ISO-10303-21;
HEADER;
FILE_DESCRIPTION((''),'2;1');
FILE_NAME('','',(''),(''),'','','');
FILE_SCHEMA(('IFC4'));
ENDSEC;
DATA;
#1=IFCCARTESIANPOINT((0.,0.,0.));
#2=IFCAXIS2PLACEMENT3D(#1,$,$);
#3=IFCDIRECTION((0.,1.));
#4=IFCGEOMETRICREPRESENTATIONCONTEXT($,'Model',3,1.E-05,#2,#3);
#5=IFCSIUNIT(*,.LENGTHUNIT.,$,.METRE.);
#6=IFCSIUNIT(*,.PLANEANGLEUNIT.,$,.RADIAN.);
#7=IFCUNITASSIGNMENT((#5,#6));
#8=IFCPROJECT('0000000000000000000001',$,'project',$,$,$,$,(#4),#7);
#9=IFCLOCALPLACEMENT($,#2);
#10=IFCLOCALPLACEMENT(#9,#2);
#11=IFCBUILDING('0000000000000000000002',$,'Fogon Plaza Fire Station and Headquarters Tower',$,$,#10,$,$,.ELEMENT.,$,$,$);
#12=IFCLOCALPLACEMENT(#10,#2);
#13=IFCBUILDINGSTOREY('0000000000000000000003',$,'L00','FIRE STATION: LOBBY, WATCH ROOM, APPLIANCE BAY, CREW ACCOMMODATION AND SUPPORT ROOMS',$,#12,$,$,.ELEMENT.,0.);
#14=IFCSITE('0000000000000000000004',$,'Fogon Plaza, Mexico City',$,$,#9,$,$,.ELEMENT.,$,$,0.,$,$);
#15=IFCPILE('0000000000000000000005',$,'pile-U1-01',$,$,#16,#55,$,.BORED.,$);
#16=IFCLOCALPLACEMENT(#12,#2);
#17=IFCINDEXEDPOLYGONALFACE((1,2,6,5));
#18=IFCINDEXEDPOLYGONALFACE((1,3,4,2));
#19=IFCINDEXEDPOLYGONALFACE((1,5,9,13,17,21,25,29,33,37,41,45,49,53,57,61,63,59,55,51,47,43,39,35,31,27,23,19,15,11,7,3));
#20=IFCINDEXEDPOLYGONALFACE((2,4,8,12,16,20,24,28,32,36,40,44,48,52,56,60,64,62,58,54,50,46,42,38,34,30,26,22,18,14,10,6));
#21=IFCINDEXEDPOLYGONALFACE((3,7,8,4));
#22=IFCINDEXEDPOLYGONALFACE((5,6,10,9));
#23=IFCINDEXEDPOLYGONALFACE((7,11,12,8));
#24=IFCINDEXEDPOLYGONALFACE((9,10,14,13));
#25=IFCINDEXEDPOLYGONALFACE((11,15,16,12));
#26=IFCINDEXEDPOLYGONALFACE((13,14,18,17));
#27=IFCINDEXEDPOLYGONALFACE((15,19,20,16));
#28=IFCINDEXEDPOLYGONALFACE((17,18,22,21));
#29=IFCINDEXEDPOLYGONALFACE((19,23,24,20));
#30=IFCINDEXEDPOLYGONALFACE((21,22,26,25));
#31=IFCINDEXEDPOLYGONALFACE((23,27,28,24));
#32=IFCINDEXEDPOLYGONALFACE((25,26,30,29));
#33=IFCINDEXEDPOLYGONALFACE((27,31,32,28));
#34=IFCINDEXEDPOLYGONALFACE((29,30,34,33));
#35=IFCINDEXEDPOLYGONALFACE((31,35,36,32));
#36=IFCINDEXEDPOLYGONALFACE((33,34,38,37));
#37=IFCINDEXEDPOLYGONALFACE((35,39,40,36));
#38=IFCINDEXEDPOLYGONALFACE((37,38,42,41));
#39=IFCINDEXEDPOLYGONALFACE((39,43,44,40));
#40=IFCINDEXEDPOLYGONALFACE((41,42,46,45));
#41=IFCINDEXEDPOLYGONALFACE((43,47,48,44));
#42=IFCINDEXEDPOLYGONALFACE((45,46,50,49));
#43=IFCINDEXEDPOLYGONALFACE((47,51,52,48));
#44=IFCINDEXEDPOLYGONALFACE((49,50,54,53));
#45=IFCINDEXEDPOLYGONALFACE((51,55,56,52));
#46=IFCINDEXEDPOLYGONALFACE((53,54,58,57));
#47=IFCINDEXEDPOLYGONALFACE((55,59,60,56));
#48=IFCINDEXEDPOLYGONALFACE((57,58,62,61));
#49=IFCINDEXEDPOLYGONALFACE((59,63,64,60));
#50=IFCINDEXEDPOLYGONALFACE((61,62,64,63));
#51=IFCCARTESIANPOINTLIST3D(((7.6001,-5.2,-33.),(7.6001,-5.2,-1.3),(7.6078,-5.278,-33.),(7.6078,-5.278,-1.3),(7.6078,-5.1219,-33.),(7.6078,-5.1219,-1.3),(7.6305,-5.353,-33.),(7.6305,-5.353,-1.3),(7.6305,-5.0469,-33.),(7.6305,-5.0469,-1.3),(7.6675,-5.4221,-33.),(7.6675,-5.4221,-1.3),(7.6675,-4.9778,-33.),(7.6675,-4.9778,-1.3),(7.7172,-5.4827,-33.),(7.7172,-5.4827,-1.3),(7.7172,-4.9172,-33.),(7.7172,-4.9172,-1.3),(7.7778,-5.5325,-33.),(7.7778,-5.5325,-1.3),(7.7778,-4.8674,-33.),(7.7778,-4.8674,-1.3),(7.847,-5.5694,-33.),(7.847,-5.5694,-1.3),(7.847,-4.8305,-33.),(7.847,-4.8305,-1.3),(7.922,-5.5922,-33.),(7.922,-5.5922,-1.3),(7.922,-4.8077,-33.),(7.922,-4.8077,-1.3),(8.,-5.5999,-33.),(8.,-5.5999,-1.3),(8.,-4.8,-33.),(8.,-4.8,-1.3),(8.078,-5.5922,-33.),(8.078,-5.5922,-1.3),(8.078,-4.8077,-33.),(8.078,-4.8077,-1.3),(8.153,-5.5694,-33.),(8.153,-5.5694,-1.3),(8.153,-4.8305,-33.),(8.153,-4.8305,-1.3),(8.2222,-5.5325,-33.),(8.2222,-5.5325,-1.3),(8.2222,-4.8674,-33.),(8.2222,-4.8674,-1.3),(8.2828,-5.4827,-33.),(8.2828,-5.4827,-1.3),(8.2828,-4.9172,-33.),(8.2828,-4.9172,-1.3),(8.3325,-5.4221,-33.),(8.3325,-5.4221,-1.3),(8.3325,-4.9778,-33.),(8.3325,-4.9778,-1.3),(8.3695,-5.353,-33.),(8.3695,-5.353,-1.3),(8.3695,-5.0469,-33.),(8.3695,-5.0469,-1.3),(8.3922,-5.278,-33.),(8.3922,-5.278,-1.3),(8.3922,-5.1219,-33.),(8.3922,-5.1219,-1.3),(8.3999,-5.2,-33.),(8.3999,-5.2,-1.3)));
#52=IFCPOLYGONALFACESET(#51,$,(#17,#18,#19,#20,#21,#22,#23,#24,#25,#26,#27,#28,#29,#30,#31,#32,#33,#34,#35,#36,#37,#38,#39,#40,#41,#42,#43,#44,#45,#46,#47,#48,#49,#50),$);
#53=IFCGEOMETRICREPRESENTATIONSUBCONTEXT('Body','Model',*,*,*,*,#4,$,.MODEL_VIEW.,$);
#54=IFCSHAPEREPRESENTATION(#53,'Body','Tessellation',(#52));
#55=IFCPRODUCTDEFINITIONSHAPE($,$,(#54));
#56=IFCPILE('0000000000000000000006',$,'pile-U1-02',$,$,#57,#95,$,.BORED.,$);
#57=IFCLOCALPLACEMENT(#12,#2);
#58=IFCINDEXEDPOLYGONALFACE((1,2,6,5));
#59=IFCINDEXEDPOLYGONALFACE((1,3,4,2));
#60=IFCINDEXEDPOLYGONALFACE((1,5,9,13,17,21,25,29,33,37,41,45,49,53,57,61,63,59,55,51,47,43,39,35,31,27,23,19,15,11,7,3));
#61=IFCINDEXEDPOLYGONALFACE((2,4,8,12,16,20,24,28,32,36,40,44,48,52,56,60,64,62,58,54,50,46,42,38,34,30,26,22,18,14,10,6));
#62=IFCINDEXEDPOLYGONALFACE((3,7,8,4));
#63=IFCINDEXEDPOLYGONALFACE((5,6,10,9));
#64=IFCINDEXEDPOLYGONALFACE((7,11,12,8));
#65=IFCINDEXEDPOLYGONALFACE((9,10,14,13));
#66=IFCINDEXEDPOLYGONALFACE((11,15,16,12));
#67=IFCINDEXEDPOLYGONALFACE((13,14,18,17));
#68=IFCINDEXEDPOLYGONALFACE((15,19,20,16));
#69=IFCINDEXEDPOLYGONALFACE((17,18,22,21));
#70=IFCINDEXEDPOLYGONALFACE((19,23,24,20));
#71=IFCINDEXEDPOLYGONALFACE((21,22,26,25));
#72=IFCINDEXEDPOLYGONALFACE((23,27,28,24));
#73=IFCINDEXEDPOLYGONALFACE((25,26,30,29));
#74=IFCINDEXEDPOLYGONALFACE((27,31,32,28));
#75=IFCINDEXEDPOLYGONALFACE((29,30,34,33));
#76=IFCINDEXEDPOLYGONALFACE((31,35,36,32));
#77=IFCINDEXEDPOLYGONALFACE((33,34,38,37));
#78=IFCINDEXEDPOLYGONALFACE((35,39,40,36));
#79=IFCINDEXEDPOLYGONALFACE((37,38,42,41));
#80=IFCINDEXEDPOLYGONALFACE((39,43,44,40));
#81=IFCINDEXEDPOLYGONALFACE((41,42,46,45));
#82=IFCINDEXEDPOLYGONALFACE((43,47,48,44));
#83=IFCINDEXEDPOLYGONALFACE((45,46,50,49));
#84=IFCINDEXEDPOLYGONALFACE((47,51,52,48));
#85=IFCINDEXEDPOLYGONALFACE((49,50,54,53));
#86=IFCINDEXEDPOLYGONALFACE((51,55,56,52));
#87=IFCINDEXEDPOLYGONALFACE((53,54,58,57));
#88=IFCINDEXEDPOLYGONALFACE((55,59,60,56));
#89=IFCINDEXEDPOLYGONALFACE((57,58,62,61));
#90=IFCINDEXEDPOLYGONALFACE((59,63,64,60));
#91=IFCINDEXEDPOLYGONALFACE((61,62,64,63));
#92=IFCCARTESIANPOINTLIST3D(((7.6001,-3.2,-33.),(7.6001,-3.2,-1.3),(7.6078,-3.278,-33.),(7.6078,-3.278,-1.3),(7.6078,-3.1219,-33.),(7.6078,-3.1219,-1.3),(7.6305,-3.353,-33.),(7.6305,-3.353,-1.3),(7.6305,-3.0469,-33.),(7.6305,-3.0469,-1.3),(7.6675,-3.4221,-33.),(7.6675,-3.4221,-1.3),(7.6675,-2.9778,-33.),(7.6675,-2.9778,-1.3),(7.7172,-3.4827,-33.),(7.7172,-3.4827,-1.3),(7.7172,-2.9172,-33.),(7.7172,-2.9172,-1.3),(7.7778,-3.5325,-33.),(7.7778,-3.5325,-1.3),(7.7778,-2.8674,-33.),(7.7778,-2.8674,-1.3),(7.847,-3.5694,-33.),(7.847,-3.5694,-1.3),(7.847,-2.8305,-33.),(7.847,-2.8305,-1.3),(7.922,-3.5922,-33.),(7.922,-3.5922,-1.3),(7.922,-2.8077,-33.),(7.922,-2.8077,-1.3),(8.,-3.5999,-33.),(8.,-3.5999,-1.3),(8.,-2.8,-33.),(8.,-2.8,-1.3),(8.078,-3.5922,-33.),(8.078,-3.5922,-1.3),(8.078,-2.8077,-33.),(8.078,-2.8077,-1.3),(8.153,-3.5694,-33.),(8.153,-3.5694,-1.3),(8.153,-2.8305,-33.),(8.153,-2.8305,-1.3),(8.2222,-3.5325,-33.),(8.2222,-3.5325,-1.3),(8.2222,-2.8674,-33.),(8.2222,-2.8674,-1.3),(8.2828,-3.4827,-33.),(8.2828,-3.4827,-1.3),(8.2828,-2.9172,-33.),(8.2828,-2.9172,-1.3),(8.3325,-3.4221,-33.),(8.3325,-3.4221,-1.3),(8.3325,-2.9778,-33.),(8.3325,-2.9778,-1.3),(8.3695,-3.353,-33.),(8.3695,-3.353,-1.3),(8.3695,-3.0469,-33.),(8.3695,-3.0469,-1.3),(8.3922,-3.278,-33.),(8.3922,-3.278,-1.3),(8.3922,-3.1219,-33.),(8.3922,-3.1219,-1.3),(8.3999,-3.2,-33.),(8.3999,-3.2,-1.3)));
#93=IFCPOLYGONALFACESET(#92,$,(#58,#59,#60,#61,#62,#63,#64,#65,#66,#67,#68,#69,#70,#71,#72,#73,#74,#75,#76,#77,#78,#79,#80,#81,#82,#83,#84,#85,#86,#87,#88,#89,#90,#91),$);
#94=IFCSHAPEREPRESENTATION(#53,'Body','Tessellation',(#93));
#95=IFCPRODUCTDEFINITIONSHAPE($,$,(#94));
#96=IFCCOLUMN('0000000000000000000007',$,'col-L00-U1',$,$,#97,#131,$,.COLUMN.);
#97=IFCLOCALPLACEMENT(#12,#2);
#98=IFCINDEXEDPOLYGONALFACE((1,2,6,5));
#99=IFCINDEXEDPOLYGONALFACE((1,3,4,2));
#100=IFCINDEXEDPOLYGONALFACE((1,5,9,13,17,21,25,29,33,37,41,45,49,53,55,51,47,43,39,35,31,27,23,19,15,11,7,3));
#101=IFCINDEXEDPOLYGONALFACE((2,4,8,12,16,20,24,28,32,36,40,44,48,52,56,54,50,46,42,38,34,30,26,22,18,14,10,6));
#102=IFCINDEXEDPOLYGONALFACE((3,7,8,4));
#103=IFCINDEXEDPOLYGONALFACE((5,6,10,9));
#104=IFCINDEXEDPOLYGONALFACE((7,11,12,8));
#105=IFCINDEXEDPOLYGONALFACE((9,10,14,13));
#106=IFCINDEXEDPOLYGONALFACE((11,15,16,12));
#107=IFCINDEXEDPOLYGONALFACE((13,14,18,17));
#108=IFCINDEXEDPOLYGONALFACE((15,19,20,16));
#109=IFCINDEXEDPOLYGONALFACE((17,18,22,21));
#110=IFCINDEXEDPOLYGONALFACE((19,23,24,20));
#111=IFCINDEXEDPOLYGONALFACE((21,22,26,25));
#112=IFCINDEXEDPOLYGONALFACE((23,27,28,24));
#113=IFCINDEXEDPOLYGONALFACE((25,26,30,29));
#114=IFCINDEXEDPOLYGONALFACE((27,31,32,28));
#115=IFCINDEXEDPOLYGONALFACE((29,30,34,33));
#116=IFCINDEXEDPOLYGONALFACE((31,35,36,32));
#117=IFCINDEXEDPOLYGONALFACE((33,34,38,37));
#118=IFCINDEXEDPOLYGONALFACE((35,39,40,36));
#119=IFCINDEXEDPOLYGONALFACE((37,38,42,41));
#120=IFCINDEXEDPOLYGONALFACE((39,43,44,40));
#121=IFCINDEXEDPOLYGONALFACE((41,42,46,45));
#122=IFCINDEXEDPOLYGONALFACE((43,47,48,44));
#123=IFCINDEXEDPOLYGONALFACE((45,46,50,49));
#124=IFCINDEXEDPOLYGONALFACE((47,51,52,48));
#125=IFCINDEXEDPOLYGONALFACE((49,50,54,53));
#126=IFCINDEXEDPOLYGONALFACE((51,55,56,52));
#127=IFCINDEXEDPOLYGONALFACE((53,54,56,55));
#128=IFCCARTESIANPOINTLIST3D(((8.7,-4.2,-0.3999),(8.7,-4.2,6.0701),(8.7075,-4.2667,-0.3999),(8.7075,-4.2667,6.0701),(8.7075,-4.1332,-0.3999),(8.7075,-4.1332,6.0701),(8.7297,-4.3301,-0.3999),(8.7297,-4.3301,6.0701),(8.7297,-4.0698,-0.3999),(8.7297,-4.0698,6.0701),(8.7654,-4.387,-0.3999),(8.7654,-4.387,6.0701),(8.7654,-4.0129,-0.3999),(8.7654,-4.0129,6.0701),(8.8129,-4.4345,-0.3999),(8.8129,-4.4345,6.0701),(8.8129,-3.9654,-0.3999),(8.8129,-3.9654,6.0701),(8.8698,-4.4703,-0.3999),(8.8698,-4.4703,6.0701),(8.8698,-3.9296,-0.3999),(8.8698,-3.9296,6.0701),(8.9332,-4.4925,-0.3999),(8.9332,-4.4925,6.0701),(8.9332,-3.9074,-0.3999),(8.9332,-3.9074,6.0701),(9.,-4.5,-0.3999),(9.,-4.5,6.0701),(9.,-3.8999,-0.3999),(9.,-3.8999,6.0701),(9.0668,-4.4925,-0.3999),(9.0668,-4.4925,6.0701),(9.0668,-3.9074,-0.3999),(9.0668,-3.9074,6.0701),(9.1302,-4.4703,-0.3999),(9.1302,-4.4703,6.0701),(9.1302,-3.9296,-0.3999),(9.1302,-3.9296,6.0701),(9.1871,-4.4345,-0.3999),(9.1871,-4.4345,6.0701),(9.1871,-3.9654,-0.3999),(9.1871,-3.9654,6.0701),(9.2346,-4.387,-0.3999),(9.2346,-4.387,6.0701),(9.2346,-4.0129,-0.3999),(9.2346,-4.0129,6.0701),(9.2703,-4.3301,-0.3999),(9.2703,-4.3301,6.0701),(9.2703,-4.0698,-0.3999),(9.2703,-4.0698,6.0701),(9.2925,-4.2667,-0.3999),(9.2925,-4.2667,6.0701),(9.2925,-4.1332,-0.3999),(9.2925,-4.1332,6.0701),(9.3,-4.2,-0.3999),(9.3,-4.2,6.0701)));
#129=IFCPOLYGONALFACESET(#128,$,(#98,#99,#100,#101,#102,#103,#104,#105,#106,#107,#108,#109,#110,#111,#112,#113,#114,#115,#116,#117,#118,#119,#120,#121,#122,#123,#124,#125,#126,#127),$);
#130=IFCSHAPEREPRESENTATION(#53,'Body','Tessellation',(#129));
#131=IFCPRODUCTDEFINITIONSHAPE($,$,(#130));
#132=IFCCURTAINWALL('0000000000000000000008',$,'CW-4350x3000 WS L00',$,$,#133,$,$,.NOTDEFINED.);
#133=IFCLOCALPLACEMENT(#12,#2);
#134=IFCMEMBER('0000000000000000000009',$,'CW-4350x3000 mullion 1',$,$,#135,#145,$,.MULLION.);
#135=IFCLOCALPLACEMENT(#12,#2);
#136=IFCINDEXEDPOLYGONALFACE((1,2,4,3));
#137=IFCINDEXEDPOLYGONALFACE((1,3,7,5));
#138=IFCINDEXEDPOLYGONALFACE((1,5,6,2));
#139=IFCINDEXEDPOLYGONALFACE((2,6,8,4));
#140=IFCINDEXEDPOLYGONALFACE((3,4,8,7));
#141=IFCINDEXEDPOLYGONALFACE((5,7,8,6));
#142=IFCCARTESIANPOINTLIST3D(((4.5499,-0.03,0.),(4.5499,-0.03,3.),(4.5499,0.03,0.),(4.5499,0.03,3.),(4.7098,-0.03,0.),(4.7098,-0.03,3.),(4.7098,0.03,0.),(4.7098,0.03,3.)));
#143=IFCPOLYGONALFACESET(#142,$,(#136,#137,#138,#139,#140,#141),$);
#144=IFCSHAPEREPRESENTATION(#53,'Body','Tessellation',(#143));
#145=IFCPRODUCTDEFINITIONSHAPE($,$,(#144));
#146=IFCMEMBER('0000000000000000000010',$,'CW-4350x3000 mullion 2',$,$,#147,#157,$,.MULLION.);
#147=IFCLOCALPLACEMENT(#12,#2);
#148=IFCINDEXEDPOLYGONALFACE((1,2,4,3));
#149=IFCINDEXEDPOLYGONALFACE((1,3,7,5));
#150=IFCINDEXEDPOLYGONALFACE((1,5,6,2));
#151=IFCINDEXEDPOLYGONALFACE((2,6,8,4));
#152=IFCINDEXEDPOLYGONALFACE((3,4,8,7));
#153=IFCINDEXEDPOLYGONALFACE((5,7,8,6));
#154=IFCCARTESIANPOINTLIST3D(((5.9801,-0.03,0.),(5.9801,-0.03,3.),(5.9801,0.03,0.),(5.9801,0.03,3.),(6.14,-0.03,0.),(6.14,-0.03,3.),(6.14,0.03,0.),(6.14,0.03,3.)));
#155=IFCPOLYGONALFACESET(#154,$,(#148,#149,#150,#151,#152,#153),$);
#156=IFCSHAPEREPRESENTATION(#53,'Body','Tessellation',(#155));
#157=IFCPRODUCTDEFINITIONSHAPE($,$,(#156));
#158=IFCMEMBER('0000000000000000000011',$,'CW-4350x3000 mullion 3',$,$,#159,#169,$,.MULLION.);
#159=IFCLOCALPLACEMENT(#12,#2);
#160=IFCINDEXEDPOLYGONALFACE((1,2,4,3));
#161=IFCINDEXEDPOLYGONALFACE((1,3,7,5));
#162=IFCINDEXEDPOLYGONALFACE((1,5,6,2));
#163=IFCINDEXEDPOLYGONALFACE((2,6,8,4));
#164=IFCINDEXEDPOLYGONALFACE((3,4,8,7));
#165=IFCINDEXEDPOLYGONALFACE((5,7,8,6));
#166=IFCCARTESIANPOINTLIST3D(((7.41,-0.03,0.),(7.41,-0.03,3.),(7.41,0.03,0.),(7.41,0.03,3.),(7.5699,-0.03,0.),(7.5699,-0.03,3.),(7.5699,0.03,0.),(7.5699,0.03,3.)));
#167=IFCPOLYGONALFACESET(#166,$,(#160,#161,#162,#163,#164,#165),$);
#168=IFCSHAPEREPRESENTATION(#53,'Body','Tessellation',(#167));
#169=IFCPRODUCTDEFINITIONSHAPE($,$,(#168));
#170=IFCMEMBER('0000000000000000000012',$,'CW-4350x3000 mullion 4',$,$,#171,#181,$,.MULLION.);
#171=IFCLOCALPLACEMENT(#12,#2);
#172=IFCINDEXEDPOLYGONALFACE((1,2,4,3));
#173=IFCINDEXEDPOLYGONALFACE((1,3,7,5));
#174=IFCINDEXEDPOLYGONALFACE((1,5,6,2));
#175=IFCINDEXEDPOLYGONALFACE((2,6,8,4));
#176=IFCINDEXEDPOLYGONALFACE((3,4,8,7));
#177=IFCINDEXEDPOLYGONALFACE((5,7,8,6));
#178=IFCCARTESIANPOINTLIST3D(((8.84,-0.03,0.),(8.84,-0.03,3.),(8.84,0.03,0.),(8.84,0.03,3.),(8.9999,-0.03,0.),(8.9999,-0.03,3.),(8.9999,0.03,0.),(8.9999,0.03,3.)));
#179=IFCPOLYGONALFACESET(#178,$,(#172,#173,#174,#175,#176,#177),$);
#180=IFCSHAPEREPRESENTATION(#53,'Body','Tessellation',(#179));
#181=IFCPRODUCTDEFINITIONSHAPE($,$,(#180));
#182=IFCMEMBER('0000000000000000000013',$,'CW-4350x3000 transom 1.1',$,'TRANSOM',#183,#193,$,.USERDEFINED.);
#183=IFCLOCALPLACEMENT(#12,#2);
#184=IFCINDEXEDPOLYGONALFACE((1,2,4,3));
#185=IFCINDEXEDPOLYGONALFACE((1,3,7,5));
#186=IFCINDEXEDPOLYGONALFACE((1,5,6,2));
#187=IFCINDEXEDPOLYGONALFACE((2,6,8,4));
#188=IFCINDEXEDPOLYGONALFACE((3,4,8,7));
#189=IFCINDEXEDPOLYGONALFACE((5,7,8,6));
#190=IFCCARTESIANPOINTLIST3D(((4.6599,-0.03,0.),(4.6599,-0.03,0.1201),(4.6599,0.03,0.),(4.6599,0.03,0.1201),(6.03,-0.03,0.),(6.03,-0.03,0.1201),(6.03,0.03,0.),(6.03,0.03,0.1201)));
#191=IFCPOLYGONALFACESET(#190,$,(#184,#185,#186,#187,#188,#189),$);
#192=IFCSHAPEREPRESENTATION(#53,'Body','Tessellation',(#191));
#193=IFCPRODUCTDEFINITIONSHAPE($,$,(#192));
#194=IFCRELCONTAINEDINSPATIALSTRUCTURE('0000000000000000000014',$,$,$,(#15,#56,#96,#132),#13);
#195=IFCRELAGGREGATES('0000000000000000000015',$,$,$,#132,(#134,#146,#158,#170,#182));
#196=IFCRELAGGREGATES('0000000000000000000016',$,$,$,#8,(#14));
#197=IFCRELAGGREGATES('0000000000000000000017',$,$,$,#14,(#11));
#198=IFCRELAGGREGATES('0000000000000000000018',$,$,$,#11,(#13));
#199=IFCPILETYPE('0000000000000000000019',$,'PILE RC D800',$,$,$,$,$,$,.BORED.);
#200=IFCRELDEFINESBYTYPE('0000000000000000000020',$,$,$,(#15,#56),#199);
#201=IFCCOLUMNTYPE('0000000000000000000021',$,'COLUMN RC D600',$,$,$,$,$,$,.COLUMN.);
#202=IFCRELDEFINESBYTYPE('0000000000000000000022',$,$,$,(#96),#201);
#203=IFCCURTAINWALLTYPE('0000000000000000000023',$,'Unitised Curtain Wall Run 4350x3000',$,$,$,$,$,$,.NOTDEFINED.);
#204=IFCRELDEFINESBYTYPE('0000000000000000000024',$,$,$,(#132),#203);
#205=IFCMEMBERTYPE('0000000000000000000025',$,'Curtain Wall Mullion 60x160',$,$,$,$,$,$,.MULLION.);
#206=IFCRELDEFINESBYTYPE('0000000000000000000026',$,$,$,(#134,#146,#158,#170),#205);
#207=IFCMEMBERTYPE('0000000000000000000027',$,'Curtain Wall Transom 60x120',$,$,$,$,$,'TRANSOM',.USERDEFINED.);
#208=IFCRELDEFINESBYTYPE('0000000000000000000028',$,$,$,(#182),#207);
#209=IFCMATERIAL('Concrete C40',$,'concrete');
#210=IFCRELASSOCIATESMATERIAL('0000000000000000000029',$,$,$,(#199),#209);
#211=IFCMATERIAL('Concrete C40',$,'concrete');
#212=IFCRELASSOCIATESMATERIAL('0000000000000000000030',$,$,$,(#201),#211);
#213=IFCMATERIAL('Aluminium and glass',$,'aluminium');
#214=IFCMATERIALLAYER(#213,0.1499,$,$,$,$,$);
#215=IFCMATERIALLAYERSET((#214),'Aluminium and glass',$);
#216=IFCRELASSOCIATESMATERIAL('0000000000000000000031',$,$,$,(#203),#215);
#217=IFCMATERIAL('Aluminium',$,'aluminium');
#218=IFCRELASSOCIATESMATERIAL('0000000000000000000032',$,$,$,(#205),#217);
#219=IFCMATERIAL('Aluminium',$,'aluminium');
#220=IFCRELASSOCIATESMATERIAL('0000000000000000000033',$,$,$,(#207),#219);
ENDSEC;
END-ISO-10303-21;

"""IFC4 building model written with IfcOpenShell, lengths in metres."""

from ifc_helpers import new_model, si_unit, direction, frame, origin, origin_2d, place, context, subcontext, project, spatial, rectangle, circle, extrude, material, layer, layer_set, material_profile, profile_set, type_object, element, aggregate, save


model = new_model("IFC4")

# Units and contexts
model_context = context("Model", 3, precision=1e-05, world=origin(), true_north=direction((0.0, 1.0)))
body_context = subcontext(model_context, "Body", "Model", "MODEL_VIEW")
ifc_project = project(units=[si_unit("LENGTHUNIT", "METRE"), si_unit("PLANEANGLEUNIT", "RADIAN")], contexts=[model_context])

# Site, building, storey
site_placement = place(None, origin())
site = spatial("IfcSite", under=ifc_project, at=site_placement, Name="Fogon Plaza, Mexico City", CompositionType="ELEMENT", RefElevation=0.0)
building_placement = place(site_placement, origin())
building = spatial("IfcBuilding", under=site, at=building_placement, Name="Fogon Plaza Fire Station and Headquarters Tower", CompositionType="ELEMENT")
storey_placement = place(building_placement, origin())
storey = spatial("IfcBuildingStorey", under=building, at=storey_placement, Name="L00", Description="FIRE STATION: LOBBY, WATCH ROOM, APPLIANCE BAY, CREW ACCOMMODATION AND SUPPORT ROOMS", CompositionType="ELEMENT", Elevation=0.0)

# Piles
ifc_material_1 = material(Name="Concrete C40", Category="concrete")
ifc_material_profile_1 = material_profile(ifc_material_1, circle(Radius=0.3999, at=origin_2d()), Name="RC D800")
ifc_profile_set_1 = profile_set([ifc_material_profile_1], Name="Concrete C40")
pile_type = type_object("IfcPileType", Name="PILE RC D800", PredefinedType="BORED", material=ifc_profile_set_1)
for number, where, z_axis, x_axis, name in (
    (1, (8.0, -5.2, -1.3), (0.0, 0.0, -1.0), (1.0, 0.0, 0.0), "pile-U1-01"),
    (2, (8.0, -3.2, -1.3), (0.0, 0.0, -1.0), (1.0, 0.0, 0.0), "pile-U1-02"),
):
    element("IfcPile", number, at=place(storey_placement, frame(where, z_axis=z_axis, x_axis=x_axis)), inside=storey, type_object=pile_type, Name=name, PredefinedType="BORED", context=body_context, shape_type="SweptSolid", body=[
        extrude(circle(Radius=0.3999, at=origin_2d()), origin(), (0.0, 0.0, 1.0), 31.7),
    ])

# Column
ifc_material_2 = material(Name="Concrete C40", Category="concrete")
ifc_material_profile_2 = material_profile(ifc_material_2, circle(Radius=0.3, at=origin_2d()), Name="RC D600")
ifc_profile_set_2 = profile_set([ifc_material_profile_2], Name="Concrete C40")
column_type = type_object("IfcColumnType", Name="COLUMN RC D600", PredefinedType="COLUMN", material=ifc_profile_set_2)
column_placement = place(storey_placement, frame((9.0, -4.2, -0.3999), z_axis=(0.0, 0.0, 1.0), x_axis=(1.0, 0.0, 0.0)))
element("IfcColumn", 3, at=column_placement, inside=storey, type_object=column_type, Name="col-L00-U1", PredefinedType="COLUMN", context=body_context, shape_type="SweptSolid", body=[
    extrude(circle(Radius=0.3, at=origin_2d()), origin(), (0.0, 0.0, 1.0), 6.47),
])

# Curtain wall, members
ifc_material_3 = material(Name="Aluminium and glass", Category="aluminium")
ifc_layer_1 = layer(ifc_material_3, 0.1499)
ifc_layer_set_1 = layer_set([ifc_layer_1], Name="Aluminium and glass")
curtain_wall_type = type_object("IfcCurtainWallType", Name="Unitised Curtain Wall Run 4350x3000", PredefinedType="NOTDEFINED", material=ifc_layer_set_1)
curtain_wall_placement = place(storey_placement, origin())
curtain_wall = element("IfcCurtainWall", 4, at=curtain_wall_placement, inside=storey, type_object=curtain_wall_type, Name="CW-4350x3000 WS L00", PredefinedType="NOTDEFINED")
ifc_material_4 = material(Name="Aluminium", Category="aluminium")
ifc_material_profile_3 = material_profile(ifc_material_4, rectangle(XDim=0.0601, YDim=0.1599, at=origin_2d()), Name="Curtain Wall Mullion 60x160")
ifc_profile_set_3 = profile_set([ifc_material_profile_3], Name="Aluminium")
member_type_1 = type_object("IfcMemberType", Name="Curtain Wall Mullion 60x160", PredefinedType="MULLION", material=ifc_profile_set_3)
member_1_placement = place(storey_placement, frame((4.6299, 0.0, 0.0), z_axis=(0.0, 0.0, 1.0), x_axis=(0.0, 1.0, 0.0)))
member_1 = element("IfcMember", 5, at=member_1_placement, type_object=member_type_1, Name="CW-4350x3000 mullion 1", PredefinedType="MULLION", context=body_context, shape_type="SweptSolid", body=[
    extrude(rectangle(XDim=0.0601, YDim=0.1599, at=origin_2d()), origin(), (0.0, 0.0, 1.0), 3.0),
])
member_2_placement = place(storey_placement, frame((6.0601, 0.0, 0.0), z_axis=(0.0, 0.0, 1.0), x_axis=(0.0, 1.0, 0.0)))
member_2 = element("IfcMember", 6, at=member_2_placement, type_object=member_type_1, Name="CW-4350x3000 mullion 2", PredefinedType="MULLION", context=body_context, shape_type="SweptSolid", body=[
    extrude(rectangle(XDim=0.0601, YDim=0.1599, at=origin_2d()), origin(), (0.0, 0.0, 1.0), 3.0),
])
member_3_placement = place(storey_placement, frame((7.49, 0.0, 0.0), z_axis=(0.0, 0.0, 1.0), x_axis=(0.0, 1.0, 0.0)))
member_3 = element("IfcMember", 7, at=member_3_placement, type_object=member_type_1, Name="CW-4350x3000 mullion 3", PredefinedType="MULLION", context=body_context, shape_type="SweptSolid", body=[
    extrude(rectangle(XDim=0.0601, YDim=0.1599, at=origin_2d()), origin(), (0.0, 0.0, 1.0), 3.0),
])
member_4_placement = place(storey_placement, frame((8.9199, 0.0, 0.0), z_axis=(0.0, 0.0, 1.0), x_axis=(0.0, 1.0, 0.0)))
member_4 = element("IfcMember", 8, at=member_4_placement, type_object=member_type_1, Name="CW-4350x3000 mullion 4", PredefinedType="MULLION", context=body_context, shape_type="SweptSolid", body=[
    extrude(rectangle(XDim=0.0601, YDim=0.1599, at=origin_2d()), origin(), (0.0, 0.0, 1.0), 3.0),
])
ifc_material_5 = material(Name="Aluminium", Category="aluminium")
ifc_material_profile_4 = material_profile(ifc_material_5, rectangle(XDim=0.0601, YDim=0.1201, at=origin_2d()), Name="Curtain Wall Transom 60x120")
ifc_profile_set_4 = profile_set([ifc_material_profile_4], Name="Aluminium")
member_type_2 = type_object("IfcMemberType", Name="Curtain Wall Transom 60x120", ElementType="TRANSOM", PredefinedType="USERDEFINED", material=ifc_profile_set_4)
member_5_placement = place(storey_placement, frame((4.6599, 0.0, 0.0601), z_axis=(1.0, 0.0, 0.0), x_axis=(0.0, 1.0, 0.0)))
member_5 = element("IfcMember", 9, at=member_5_placement, type_object=member_type_2, Name="CW-4350x3000 transom 1.1", ObjectType="TRANSOM", PredefinedType="USERDEFINED", context=body_context, shape_type="SweptSolid", body=[
    extrude(rectangle(XDim=0.0601, YDim=0.1201, at=origin_2d()), origin(), (0.0, 0.0, 1.0), 1.3701),
])

aggregate(curtain_wall, [member_1, member_2, member_3, member_4, member_5])

save(model, "model.ifc")
